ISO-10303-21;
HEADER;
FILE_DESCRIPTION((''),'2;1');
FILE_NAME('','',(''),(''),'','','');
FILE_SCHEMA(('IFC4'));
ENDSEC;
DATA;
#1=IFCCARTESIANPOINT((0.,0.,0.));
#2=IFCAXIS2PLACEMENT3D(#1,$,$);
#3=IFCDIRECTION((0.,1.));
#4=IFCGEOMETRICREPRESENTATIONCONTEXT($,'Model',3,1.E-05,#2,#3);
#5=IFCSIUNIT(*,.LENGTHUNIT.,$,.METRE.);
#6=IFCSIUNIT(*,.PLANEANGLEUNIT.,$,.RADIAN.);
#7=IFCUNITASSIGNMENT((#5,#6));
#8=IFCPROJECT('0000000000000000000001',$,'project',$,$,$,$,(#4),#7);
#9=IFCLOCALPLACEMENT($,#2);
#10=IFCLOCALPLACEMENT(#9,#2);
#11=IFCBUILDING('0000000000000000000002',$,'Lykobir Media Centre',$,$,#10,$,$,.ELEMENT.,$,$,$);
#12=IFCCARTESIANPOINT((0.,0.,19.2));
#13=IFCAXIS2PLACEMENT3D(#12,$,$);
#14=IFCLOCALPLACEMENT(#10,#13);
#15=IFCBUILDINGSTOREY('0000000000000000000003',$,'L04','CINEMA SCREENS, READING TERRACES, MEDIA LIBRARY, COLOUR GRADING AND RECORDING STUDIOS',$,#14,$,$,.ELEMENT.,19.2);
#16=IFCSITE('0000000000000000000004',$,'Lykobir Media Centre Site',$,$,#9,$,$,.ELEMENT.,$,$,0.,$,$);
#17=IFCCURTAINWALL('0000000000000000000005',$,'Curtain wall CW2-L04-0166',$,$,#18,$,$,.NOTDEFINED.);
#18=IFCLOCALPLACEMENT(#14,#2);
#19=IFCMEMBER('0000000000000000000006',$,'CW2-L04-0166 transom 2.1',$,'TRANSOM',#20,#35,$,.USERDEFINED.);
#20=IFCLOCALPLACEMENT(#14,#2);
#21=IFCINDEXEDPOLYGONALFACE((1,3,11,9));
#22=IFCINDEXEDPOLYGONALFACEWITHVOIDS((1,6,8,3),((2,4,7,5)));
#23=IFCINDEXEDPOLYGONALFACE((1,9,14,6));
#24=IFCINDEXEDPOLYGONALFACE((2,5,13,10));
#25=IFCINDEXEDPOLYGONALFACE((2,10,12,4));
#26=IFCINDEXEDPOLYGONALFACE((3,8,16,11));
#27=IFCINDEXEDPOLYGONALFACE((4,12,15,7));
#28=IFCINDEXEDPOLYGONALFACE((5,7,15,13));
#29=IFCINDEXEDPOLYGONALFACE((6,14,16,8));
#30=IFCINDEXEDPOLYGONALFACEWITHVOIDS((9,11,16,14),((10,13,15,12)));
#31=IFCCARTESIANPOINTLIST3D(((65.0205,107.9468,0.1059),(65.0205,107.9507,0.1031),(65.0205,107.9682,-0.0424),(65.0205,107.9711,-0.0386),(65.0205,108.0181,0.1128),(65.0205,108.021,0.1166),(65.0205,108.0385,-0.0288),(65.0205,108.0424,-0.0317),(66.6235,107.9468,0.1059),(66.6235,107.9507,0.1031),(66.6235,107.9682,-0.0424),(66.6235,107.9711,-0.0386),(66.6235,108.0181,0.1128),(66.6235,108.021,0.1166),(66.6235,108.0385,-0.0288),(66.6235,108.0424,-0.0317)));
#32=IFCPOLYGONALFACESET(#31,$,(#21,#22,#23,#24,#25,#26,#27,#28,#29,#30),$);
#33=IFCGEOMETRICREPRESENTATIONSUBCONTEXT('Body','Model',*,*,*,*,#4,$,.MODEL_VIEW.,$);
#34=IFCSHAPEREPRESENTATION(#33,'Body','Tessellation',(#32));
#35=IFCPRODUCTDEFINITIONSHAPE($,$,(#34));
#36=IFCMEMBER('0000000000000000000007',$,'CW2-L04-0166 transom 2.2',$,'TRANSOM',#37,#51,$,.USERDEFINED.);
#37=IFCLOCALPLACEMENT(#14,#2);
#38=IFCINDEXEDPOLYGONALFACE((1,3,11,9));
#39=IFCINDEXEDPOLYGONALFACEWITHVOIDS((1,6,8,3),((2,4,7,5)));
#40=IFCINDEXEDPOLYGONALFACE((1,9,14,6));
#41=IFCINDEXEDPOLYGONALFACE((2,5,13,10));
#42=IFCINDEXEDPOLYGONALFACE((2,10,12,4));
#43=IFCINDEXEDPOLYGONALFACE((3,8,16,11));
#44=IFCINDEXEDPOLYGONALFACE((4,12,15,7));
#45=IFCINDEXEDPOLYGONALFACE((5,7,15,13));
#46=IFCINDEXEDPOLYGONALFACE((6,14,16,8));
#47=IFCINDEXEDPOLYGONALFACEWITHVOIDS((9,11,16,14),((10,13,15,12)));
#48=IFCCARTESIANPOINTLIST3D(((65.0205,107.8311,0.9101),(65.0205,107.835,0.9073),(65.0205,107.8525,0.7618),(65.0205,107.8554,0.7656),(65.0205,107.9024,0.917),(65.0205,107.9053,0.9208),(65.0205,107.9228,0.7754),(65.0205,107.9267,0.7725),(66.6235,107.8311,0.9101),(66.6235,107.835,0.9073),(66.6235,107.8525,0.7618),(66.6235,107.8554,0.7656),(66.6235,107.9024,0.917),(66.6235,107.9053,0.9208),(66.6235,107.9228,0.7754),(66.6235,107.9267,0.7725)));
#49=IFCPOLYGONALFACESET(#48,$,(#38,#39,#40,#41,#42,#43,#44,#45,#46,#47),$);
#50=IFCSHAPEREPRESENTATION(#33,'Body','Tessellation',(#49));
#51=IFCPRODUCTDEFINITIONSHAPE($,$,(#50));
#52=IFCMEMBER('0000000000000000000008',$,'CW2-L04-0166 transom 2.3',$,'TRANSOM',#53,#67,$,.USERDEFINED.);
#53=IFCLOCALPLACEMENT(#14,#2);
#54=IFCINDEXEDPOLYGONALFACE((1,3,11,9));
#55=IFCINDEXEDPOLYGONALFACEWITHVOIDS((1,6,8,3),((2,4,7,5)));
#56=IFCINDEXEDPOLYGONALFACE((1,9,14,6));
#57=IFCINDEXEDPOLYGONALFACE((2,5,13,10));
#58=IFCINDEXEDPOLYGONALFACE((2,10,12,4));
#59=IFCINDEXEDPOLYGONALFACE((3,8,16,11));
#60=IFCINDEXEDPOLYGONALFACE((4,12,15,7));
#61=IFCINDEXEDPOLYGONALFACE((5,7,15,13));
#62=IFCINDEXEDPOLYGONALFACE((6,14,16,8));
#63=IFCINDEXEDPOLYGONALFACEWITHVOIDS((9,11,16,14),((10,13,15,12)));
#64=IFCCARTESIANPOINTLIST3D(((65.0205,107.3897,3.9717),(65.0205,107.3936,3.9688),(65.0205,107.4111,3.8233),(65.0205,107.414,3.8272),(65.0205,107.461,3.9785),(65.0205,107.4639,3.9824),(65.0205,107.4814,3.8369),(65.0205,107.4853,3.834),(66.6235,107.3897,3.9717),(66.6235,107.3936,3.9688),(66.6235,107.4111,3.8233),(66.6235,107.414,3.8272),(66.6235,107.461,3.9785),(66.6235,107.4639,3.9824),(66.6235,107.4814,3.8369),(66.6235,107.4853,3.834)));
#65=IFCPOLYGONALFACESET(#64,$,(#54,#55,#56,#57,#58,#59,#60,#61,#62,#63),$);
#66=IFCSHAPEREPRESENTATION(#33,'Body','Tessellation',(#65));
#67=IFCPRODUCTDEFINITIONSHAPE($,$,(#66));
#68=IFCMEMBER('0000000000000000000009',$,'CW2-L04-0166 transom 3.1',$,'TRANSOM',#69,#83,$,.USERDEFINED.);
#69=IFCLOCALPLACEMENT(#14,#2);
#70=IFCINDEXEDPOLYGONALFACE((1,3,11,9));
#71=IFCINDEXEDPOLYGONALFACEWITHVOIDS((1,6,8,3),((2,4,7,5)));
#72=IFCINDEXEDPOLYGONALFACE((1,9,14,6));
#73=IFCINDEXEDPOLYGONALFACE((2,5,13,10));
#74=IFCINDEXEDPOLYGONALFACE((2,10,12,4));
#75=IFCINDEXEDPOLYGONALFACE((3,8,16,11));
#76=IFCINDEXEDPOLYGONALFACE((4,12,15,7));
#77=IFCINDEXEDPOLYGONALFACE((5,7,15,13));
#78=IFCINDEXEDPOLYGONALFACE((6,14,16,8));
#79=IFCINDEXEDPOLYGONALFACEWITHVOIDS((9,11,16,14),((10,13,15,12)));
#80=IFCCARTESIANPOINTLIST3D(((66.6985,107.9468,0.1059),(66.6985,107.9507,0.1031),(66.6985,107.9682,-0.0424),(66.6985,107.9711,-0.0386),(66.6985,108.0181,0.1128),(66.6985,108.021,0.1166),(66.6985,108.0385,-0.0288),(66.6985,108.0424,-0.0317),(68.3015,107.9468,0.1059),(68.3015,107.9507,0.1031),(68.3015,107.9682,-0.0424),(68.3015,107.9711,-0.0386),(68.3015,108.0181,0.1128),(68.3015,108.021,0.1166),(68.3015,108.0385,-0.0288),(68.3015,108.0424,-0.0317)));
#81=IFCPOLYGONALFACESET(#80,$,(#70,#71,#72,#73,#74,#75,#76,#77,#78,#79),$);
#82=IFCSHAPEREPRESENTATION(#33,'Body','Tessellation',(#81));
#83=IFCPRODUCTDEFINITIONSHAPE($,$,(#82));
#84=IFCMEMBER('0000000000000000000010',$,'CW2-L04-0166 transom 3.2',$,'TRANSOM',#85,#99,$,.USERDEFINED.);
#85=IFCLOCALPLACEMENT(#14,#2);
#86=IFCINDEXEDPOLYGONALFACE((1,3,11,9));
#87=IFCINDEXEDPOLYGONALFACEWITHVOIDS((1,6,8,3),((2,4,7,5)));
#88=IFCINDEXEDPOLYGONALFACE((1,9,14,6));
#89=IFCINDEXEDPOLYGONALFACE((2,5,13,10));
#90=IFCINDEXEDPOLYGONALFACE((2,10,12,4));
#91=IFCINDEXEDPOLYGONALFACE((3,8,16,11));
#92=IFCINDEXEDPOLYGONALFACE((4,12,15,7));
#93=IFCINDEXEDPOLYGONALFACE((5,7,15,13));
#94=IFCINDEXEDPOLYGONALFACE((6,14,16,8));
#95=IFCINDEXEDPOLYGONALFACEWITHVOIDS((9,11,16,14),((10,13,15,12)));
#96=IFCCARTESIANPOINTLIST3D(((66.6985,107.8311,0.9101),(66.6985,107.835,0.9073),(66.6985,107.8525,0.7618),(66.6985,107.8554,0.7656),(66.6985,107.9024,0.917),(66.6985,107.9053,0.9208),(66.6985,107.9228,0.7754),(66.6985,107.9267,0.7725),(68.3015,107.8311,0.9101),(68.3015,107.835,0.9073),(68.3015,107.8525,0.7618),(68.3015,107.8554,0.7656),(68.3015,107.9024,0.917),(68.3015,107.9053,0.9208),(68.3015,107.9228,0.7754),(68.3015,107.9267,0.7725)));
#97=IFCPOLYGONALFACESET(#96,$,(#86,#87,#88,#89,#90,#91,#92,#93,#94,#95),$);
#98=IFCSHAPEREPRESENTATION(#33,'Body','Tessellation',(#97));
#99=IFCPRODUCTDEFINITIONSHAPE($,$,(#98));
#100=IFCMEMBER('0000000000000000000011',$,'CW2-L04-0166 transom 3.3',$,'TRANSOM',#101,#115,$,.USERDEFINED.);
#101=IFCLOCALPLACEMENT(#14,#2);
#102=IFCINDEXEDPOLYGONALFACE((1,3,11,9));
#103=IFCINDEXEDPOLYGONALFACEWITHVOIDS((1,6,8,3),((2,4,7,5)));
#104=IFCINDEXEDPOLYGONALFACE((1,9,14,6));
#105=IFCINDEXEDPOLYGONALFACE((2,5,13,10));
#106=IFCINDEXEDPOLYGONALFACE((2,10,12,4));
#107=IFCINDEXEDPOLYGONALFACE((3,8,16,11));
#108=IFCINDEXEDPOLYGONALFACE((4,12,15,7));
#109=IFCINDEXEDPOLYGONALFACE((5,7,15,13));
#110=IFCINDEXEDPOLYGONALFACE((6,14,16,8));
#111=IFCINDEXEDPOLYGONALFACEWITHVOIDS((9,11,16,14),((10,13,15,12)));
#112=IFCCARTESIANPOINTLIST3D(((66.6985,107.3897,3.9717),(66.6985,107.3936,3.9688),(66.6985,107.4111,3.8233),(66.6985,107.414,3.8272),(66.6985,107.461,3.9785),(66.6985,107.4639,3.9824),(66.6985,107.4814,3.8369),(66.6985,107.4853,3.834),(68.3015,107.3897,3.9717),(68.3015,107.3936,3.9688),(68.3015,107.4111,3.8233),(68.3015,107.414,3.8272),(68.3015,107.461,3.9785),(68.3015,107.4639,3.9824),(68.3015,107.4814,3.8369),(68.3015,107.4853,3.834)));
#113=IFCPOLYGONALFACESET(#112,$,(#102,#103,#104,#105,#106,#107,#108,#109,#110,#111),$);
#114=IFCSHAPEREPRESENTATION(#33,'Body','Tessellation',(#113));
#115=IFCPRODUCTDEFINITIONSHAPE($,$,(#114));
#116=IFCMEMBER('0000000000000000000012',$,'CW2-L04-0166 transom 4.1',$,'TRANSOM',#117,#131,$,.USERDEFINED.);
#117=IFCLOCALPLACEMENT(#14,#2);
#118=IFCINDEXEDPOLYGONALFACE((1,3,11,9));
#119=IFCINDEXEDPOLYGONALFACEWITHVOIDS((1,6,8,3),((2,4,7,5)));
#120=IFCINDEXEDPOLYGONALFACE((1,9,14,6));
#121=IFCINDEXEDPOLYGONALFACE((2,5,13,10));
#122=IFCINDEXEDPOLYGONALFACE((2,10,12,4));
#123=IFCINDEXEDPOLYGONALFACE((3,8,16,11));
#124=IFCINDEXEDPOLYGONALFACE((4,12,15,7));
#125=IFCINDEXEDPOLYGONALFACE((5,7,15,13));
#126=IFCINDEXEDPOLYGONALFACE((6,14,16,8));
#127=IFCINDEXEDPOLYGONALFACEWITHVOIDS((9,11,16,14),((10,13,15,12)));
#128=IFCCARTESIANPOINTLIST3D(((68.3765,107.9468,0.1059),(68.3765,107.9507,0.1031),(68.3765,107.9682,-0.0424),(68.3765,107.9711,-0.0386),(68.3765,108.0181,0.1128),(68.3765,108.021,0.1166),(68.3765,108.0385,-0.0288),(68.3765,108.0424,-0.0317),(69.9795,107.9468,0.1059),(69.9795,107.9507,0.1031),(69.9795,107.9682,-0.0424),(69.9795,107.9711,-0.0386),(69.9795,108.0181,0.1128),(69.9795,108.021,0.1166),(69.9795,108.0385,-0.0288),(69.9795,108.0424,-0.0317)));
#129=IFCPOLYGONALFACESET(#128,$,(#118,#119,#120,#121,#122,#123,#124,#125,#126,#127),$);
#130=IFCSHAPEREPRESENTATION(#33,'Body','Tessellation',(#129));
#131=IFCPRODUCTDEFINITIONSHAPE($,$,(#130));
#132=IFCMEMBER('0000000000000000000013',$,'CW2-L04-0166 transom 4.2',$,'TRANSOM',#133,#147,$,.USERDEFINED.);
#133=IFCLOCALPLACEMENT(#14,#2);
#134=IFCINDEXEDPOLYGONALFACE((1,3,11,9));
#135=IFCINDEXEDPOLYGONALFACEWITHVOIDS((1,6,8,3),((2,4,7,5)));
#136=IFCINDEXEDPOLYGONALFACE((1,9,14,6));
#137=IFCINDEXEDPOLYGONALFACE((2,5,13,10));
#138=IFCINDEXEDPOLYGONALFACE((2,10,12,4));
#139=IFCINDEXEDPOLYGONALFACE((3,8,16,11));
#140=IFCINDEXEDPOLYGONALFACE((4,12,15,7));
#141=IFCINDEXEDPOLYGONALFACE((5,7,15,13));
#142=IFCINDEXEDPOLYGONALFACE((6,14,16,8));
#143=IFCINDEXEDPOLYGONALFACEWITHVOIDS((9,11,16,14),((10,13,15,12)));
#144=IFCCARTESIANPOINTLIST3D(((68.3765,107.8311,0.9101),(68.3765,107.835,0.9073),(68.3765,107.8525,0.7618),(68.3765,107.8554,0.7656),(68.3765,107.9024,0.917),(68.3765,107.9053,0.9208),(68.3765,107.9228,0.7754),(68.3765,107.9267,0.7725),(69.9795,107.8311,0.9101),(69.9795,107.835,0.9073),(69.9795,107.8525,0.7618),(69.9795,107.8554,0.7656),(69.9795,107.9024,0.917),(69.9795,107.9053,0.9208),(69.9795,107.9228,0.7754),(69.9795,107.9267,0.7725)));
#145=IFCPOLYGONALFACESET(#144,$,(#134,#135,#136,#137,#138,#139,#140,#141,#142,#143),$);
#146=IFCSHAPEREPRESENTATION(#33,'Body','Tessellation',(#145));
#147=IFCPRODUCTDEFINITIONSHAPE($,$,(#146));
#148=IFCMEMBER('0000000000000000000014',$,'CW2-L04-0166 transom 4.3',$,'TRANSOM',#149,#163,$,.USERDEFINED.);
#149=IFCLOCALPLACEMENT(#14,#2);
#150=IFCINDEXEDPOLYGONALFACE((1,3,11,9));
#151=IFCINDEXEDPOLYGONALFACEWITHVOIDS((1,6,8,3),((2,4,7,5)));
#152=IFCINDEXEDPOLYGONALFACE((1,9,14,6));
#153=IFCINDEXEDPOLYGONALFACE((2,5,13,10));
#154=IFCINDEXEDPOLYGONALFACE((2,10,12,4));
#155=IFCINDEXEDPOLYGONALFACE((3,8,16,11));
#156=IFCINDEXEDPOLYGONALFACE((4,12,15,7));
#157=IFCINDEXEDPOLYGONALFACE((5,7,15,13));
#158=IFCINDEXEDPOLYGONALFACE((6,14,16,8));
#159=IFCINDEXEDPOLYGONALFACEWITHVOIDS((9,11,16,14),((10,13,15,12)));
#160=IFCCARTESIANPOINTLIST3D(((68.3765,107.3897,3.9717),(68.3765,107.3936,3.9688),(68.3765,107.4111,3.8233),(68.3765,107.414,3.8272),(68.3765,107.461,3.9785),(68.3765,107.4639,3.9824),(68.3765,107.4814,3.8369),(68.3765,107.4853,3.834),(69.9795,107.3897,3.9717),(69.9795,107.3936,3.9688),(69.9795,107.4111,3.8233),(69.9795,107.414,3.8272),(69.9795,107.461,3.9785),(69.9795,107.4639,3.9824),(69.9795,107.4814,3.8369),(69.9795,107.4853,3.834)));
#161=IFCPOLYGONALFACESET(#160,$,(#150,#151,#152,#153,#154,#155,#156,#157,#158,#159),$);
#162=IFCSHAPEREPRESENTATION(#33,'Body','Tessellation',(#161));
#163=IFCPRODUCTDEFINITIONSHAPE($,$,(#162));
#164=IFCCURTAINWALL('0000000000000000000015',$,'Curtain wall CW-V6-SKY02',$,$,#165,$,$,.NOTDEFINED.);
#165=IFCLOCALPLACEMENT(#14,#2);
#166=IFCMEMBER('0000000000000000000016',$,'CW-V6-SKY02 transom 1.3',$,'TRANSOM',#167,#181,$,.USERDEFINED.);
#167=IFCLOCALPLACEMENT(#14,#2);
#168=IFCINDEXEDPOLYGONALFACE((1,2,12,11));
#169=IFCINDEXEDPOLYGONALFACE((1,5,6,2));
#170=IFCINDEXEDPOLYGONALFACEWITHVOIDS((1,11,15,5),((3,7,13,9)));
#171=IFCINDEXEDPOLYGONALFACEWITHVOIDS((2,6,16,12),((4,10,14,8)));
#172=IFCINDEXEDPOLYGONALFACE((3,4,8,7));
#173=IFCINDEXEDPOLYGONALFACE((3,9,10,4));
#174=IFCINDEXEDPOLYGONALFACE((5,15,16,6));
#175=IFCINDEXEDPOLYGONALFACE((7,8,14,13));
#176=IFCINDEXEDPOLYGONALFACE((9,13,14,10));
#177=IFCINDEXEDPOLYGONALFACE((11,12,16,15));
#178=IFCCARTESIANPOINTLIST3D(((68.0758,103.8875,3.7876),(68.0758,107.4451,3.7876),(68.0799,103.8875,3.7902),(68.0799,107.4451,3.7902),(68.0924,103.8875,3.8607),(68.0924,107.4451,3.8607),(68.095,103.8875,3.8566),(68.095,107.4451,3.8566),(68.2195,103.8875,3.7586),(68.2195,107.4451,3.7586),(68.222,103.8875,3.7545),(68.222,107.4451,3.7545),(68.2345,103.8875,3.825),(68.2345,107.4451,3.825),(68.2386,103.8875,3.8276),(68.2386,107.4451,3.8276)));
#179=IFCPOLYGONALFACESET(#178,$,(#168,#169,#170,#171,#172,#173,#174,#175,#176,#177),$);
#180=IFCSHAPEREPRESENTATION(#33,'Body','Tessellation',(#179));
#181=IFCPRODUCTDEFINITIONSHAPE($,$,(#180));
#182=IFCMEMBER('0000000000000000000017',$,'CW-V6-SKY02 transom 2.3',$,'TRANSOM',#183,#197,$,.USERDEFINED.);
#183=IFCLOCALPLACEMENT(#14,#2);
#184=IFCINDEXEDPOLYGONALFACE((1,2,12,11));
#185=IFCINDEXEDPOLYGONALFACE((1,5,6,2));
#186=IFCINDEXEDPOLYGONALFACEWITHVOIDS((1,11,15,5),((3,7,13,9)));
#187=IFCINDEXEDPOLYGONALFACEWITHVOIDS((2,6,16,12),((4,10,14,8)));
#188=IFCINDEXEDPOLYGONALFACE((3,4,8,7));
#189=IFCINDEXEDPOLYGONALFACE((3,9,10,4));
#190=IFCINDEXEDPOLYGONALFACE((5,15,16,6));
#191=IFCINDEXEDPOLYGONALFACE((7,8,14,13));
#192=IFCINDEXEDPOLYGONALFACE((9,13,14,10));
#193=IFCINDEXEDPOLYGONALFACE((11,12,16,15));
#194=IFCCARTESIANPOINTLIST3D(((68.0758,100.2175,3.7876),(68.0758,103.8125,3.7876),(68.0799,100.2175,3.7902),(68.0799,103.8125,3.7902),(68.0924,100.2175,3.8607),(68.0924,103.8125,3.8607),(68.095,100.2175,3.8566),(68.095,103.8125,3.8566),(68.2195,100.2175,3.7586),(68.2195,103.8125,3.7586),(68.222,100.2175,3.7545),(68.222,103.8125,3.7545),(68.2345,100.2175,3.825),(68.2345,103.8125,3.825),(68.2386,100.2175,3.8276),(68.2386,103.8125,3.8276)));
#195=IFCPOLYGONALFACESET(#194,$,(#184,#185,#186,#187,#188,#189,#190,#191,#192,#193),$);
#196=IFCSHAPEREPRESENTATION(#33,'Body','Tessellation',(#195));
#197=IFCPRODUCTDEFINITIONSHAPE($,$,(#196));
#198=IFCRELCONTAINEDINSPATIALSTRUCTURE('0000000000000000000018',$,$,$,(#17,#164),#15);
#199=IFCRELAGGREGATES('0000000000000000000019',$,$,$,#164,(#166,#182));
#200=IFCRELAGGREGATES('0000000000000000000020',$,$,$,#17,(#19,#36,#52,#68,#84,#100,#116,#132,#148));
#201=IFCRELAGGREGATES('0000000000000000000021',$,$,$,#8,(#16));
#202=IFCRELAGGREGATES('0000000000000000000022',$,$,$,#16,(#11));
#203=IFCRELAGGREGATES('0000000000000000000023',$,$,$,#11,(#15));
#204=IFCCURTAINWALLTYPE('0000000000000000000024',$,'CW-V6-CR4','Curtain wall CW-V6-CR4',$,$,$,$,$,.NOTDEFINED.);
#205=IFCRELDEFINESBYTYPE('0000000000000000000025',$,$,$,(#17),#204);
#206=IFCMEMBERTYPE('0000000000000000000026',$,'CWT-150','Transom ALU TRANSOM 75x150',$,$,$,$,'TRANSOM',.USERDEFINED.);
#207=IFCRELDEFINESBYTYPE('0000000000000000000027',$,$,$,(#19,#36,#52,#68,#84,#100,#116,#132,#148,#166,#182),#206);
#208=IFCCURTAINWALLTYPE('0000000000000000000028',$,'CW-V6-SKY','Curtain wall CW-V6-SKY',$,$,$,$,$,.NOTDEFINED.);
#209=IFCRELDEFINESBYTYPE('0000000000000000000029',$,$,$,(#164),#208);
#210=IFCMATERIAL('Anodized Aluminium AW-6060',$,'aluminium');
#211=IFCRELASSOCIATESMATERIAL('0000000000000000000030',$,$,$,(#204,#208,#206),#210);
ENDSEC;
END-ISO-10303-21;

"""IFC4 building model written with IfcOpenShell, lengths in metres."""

from ifc_helpers import new_model, si_unit, direction, frame, origin, origin_2d, place, context, subcontext, project, spatial, hollow_rectangle, extrude, material, material_profile, profile_set, type_object, element, aggregate, save


model = new_model("IFC4")

# Units and contexts
model_context = context("Model", 3, precision=1e-05, world=origin(), true_north=direction((0.0, 1.0)))
body_context = subcontext(model_context, "Body", "Model", "MODEL_VIEW")
ifc_project = project(units=[si_unit("LENGTHUNIT", "METRE"), si_unit("PLANEANGLEUNIT", "RADIAN")], contexts=[model_context])

# Site, building, storey
site_placement = place(None, origin())
site = spatial("IfcSite", under=ifc_project, at=site_placement, Name="Lykobir Media Centre Site", CompositionType="ELEMENT", RefElevation=0.0)
building_placement = place(site_placement, origin())
building = spatial("IfcBuilding", under=site, at=building_placement, Name="Lykobir Media Centre", CompositionType="ELEMENT")
storey_placement = place(building_placement, frame((0.0, 0.0, 19.2)))
storey = spatial("IfcBuildingStorey", under=building, at=storey_placement, Name="L04", Description="CINEMA SCREENS, READING TERRACES, MEDIA LIBRARY, COLOUR GRADING AND RECORDING STUDIOS", CompositionType="ELEMENT", Elevation=19.2)

# Curtain walls, members
ifc_material_1 = material(Name="Anodized Aluminium AW-6060", Category="aluminium")
curtain_wall_type_1 = type_object("IfcCurtainWallType", Name="CW-V6-CR4", Description="Curtain wall CW-V6-CR4", PredefinedType="NOTDEFINED", material=ifc_material_1)
curtain_wall_1_placement = place(storey_placement, origin())
curtain_wall_1 = element("IfcCurtainWall", 1, at=curtain_wall_1_placement, inside=storey, type_object=curtain_wall_type_1, Name="Curtain wall CW2-L04-0166", PredefinedType="NOTDEFINED")
ifc_material_profile_1 = material_profile(ifc_material_1, hollow_rectangle(XDim=0.075, YDim=0.1499, WallThickness=0.0034, at=origin_2d()), Name="ALU TRANSOM 75x150")
ifc_profile_set_1 = profile_set([ifc_material_profile_1], Name="Anodized Aluminium AW-6060")
member_type_1 = type_object("IfcMemberType", Name="CWT-150", Description="Transom ALU TRANSOM 75x150", ElementType="TRANSOM", PredefinedType="USERDEFINED", material=ifc_profile_set_1)
member_1_placement = place(storey_placement, frame((65.0205, 107.9946, 0.0371), z_axis=(1.0, 0.0, 0.0), x_axis=(0.0, 0.989776, 0.142629)))
member_1 = element("IfcMember", 2, at=member_1_placement, type_object=member_type_1, Name="CW2-L04-0166 transom 2.1", ObjectType="TRANSOM", PredefinedType="USERDEFINED", context=body_context, shape_type="SweptSolid", body=[
    extrude(hollow_rectangle(XDim=0.075, YDim=0.1499, WallThickness=0.0034, at=origin_2d()), origin(), (0.0, 0.0, 1.0), 1.603),
])
member_2_placement = place(storey_placement, frame((65.0205, 107.8789, 0.8413), z_axis=(1.0, 0.0, 0.0), x_axis=(0.0, 0.989776, 0.142629)))
member_2 = element("IfcMember", 3, at=member_2_placement, type_object=member_type_1, Name="CW2-L04-0166 transom 2.2", ObjectType="TRANSOM", PredefinedType="USERDEFINED", context=body_context, shape_type="SweptSolid", body=[
    extrude(hollow_rectangle(XDim=0.075, YDim=0.1499, WallThickness=0.0034, at=origin_2d()), origin(), (0.0, 0.0, 1.0), 1.603),
])
member_3_placement = place(storey_placement, frame((65.0205, 107.4375, 3.9028), z_axis=(1.0, 0.0, 0.0), x_axis=(0.0, 0.989776, 0.142629)))
member_3 = element("IfcMember", 4, at=member_3_placement, type_object=member_type_1, Name="CW2-L04-0166 transom 2.3", ObjectType="TRANSOM", PredefinedType="USERDEFINED", context=body_context, shape_type="SweptSolid", body=[
    extrude(hollow_rectangle(XDim=0.075, YDim=0.1499, WallThickness=0.0034, at=origin_2d()), origin(), (0.0, 0.0, 1.0), 1.603),
])
member_4_placement = place(storey_placement, frame((66.6985, 107.9946, 0.0371), z_axis=(1.0, 0.0, 0.0), x_axis=(0.0, 0.989776, 0.142629)))
member_4 = element("IfcMember", 5, at=member_4_placement, type_object=member_type_1, Name="CW2-L04-0166 transom 3.1", ObjectType="TRANSOM", PredefinedType="USERDEFINED", context=body_context, shape_type="SweptSolid", body=[
    extrude(hollow_rectangle(XDim=0.075, YDim=0.1499, WallThickness=0.0034, at=origin_2d()), origin(), (0.0, 0.0, 1.0), 1.603),
])
member_5_placement = place(storey_placement, frame((66.6985, 107.8789, 0.8413), z_axis=(1.0, 0.0, 0.0), x_axis=(0.0, 0.989776, 0.142629)))
member_5 = element("IfcMember", 6, at=member_5_placement, type_object=member_type_1, Name="CW2-L04-0166 transom 3.2", ObjectType="TRANSOM", PredefinedType="USERDEFINED", context=body_context, shape_type="SweptSolid", body=[
    extrude(hollow_rectangle(XDim=0.075, YDim=0.1499, WallThickness=0.0034, at=origin_2d()), origin(), (0.0, 0.0, 1.0), 1.603),
])
member_6_placement = place(storey_placement, frame((66.6985, 107.4375, 3.9028), z_axis=(1.0, 0.0, 0.0), x_axis=(0.0, 0.989776, 0.142629)))
member_6 = element("IfcMember", 7, at=member_6_placement, type_object=member_type_1, Name="CW2-L04-0166 transom 3.3", ObjectType="TRANSOM", PredefinedType="USERDEFINED", context=body_context, shape_type="SweptSolid", body=[
    extrude(hollow_rectangle(XDim=0.075, YDim=0.1499, WallThickness=0.0034, at=origin_2d()), origin(), (0.0, 0.0, 1.0), 1.603),
])
member_7_placement = place(storey_placement, frame((68.3765, 107.9946, 0.0371), z_axis=(1.0, 0.0, 0.0), x_axis=(0.0, 0.989776, 0.142629)))
member_7 = element("IfcMember", 8, at=member_7_placement, type_object=member_type_1, Name="CW2-L04-0166 transom 4.1", ObjectType="TRANSOM", PredefinedType="USERDEFINED", context=body_context, shape_type="SweptSolid", body=[
    extrude(hollow_rectangle(XDim=0.075, YDim=0.1499, WallThickness=0.0034, at=origin_2d()), origin(), (0.0, 0.0, 1.0), 1.603),
])
member_8_placement = place(storey_placement, frame((68.3765, 107.8789, 0.8413), z_axis=(1.0, 0.0, 0.0), x_axis=(0.0, 0.989776, 0.142629)))
member_8 = element("IfcMember", 9, at=member_8_placement, type_object=member_type_1, Name="CW2-L04-0166 transom 4.2", ObjectType="TRANSOM", PredefinedType="USERDEFINED", context=body_context, shape_type="SweptSolid", body=[
    extrude(hollow_rectangle(XDim=0.075, YDim=0.1499, WallThickness=0.0034, at=origin_2d()), origin(), (0.0, 0.0, 1.0), 1.603),
])
member_9_placement = place(storey_placement, frame((68.3765, 107.4375, 3.9028), z_axis=(1.0, 0.0, 0.0), x_axis=(0.0, 0.989776, 0.142629)))
member_9 = element("IfcMember", 10, at=member_9_placement, type_object=member_type_1, Name="CW2-L04-0166 transom 4.3", ObjectType="TRANSOM", PredefinedType="USERDEFINED", context=body_context, shape_type="SweptSolid", body=[
    extrude(hollow_rectangle(XDim=0.075, YDim=0.1499, WallThickness=0.0034, at=origin_2d()), origin(), (0.0, 0.0, 1.0), 1.603),
])
curtain_wall_type_2 = type_object("IfcCurtainWallType", Name="CW-V6-SKY", Description="Curtain wall CW-V6-SKY", PredefinedType="NOTDEFINED", material=ifc_material_1)
curtain_wall_2_placement = place(storey_placement, origin())
curtain_wall_2 = element("IfcCurtainWall", 11, at=curtain_wall_2_placement, inside=storey, type_object=curtain_wall_type_2, Name="Curtain wall CW-V6-SKY02", PredefinedType="NOTDEFINED")
member_10_placement = place(storey_placement, frame((68.1572, 107.4451, 3.8076), z_axis=(0.0, -1.0, 0.0), x_axis=(0.221072, 0.0, 0.975258)))
member_10 = element("IfcMember", 12, at=member_10_placement, type_object=member_type_1, Name="CW-V6-SKY02 transom 1.3", ObjectType="TRANSOM", PredefinedType="USERDEFINED", context=body_context, shape_type="SweptSolid", body=[
    extrude(hollow_rectangle(XDim=0.075, YDim=0.1499, WallThickness=0.0034, at=origin_2d()), origin(), (0.0, 0.0, 1.0), 3.5576),
])
member_11_placement = place(storey_placement, frame((68.1572, 103.8125, 3.8076), z_axis=(0.0, -1.0, 0.0), x_axis=(0.221072, 0.0, 0.975258)))
member_11 = element("IfcMember", 13, at=member_11_placement, type_object=member_type_1, Name="CW-V6-SKY02 transom 2.3", ObjectType="TRANSOM", PredefinedType="USERDEFINED", context=body_context, shape_type="SweptSolid", body=[
    extrude(hollow_rectangle(XDim=0.075, YDim=0.1499, WallThickness=0.0034, at=origin_2d()), origin(), (0.0, 0.0, 1.0), 3.595),
])
aggregate(curtain_wall_2, [member_10, member_11])

aggregate(curtain_wall_1, [member_1, member_2, member_3, member_4, member_5, member_6, member_7, member_8, member_9])

save(model, "model.ifc")
